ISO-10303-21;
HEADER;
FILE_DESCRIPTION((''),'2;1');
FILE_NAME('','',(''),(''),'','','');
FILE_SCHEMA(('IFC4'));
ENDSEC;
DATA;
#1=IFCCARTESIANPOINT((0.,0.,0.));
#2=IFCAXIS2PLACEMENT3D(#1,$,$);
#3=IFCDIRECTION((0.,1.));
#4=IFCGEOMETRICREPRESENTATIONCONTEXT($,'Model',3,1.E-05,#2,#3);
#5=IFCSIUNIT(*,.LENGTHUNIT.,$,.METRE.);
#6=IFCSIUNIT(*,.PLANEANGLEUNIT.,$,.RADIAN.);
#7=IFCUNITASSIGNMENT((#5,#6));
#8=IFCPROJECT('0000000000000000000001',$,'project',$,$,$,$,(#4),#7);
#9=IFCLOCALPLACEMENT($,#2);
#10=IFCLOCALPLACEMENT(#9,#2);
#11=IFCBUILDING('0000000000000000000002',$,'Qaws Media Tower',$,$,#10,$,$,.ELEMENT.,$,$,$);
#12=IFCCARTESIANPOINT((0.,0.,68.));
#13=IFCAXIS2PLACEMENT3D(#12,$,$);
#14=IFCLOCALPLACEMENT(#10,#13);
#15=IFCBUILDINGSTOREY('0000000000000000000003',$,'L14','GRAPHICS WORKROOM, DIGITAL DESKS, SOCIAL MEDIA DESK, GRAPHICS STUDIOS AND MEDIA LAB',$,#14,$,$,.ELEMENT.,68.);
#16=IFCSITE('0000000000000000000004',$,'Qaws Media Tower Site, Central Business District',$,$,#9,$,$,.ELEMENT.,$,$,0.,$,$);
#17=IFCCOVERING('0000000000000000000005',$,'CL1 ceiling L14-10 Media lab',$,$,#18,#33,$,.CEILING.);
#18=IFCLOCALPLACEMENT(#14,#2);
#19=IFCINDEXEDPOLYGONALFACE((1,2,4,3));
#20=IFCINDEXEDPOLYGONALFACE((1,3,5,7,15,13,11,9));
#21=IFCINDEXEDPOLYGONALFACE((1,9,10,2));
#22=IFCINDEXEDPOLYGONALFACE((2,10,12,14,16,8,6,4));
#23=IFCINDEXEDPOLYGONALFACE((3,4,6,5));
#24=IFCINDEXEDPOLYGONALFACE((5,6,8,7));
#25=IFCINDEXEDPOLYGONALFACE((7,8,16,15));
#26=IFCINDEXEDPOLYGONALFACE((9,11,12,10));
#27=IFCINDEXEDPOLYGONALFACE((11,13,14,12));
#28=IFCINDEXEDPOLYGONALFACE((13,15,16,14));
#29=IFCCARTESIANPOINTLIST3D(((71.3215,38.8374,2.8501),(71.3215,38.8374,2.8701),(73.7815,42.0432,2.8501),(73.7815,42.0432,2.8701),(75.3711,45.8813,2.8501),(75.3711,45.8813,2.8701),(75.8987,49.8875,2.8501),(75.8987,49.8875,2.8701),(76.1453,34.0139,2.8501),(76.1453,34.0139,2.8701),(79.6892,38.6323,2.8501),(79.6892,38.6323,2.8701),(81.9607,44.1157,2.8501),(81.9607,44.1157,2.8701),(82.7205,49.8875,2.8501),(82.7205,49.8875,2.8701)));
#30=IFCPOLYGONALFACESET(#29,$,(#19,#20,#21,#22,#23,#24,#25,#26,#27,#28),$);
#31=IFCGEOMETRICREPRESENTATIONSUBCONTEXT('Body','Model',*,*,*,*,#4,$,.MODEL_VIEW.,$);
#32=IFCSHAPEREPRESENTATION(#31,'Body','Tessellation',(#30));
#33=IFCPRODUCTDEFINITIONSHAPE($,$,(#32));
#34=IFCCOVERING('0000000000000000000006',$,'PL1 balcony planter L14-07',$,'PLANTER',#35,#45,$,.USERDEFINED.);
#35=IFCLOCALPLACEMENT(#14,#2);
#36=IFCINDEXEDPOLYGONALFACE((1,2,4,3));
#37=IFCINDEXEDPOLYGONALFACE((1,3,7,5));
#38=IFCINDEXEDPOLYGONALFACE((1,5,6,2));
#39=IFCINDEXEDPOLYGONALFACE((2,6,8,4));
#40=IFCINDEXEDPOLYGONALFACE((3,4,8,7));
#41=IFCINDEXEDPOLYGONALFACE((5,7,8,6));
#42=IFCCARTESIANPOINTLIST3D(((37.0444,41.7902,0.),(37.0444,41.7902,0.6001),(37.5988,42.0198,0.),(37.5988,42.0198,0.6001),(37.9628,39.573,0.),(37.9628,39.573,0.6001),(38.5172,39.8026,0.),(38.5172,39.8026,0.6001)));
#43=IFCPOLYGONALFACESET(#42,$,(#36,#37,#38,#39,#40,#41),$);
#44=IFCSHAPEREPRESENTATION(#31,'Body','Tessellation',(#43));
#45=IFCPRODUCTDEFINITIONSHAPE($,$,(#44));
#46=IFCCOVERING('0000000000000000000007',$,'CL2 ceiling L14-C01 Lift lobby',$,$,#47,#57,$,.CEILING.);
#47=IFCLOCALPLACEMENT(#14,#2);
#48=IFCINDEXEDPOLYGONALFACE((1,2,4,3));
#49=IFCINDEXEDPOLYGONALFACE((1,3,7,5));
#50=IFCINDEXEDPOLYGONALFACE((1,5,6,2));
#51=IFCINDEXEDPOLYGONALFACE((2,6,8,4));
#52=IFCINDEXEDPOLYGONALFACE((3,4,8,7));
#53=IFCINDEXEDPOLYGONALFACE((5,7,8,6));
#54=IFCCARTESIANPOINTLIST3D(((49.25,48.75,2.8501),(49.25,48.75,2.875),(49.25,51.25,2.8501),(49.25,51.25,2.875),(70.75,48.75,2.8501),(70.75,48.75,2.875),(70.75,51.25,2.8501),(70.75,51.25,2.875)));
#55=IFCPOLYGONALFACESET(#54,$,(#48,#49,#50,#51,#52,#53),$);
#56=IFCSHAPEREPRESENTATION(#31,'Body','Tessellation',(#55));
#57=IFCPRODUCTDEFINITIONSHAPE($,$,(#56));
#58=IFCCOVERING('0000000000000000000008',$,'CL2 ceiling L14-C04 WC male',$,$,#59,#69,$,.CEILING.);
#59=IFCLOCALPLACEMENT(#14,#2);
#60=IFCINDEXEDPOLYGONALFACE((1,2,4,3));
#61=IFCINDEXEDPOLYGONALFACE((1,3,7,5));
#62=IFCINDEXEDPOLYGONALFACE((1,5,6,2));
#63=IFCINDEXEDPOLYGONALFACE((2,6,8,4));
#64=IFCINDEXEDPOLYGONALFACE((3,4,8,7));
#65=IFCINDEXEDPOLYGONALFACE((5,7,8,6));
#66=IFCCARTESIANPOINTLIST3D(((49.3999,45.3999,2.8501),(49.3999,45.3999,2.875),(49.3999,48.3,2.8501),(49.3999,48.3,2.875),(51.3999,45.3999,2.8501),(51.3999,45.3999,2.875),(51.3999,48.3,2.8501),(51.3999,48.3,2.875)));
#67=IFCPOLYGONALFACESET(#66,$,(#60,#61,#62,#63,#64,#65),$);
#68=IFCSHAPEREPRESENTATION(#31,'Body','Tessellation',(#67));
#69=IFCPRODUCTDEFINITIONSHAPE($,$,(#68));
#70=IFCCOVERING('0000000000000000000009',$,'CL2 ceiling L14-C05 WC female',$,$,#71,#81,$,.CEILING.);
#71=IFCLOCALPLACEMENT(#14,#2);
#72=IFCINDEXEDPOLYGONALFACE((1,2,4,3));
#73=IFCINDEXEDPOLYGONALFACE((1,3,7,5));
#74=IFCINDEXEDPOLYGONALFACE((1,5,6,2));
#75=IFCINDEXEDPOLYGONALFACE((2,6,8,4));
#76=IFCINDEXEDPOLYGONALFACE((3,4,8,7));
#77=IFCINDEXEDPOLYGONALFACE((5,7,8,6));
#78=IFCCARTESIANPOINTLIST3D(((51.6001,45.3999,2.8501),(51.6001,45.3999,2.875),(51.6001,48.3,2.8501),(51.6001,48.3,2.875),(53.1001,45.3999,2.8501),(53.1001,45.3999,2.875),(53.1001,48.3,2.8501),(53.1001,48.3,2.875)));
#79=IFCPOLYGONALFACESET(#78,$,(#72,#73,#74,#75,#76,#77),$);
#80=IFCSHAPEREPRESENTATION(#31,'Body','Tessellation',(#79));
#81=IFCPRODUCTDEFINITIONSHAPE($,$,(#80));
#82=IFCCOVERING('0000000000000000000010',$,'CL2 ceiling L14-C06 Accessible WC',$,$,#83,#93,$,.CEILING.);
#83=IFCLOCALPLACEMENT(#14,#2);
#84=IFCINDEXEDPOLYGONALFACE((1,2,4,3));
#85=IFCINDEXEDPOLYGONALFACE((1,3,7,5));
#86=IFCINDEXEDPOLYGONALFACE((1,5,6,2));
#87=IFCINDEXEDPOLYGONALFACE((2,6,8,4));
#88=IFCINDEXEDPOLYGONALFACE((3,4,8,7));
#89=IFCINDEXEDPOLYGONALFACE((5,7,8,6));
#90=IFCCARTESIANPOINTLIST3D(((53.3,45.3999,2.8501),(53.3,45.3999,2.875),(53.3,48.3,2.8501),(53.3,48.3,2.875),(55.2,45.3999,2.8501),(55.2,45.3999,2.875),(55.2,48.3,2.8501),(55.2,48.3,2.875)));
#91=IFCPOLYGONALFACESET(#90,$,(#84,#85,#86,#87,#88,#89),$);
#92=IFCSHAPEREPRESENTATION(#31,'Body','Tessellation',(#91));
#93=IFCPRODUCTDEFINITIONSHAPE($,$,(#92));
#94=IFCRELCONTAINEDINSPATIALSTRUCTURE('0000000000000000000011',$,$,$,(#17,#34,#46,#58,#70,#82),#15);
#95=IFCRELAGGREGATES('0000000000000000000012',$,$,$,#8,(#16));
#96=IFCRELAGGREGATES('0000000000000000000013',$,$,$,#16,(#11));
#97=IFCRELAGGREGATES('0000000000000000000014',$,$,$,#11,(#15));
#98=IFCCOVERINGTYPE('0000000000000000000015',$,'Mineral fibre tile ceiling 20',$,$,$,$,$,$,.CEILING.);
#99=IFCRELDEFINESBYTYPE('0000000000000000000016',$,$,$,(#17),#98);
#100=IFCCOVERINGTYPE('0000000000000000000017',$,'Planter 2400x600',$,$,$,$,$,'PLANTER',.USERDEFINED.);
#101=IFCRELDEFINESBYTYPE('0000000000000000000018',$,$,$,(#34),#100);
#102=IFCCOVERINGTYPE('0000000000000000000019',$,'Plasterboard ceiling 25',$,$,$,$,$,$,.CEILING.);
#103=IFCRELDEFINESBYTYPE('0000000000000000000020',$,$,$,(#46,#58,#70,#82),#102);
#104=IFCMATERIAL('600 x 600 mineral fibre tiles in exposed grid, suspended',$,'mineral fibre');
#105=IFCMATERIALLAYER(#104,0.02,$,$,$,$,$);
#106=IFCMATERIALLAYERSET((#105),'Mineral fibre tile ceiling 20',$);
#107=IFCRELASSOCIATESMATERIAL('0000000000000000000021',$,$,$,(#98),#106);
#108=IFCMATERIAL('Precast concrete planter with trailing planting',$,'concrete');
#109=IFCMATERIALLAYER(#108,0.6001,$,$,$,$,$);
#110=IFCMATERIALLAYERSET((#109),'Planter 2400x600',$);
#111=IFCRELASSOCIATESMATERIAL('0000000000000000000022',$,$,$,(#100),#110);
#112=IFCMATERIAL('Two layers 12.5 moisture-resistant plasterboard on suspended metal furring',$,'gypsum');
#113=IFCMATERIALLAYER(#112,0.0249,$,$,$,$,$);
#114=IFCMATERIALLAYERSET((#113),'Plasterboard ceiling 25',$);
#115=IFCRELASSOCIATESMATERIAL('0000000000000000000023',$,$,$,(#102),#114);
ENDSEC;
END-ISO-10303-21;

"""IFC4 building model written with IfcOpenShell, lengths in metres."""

from ifc_helpers import new_model, si_unit, direction, frame, origin, origin_2d, place, context, subcontext, project, spatial, polyline, rectangle, outline, extrude, material, layer, layer_set, type_object, element, save


model = new_model("IFC4")

# Units and contexts
model_context = context("Model", 3, precision=1e-05, world=origin(), true_north=direction((0.0, 1.0)))
body_context = subcontext(model_context, "Body", "Model", "MODEL_VIEW")
ifc_project = project(units=[si_unit("LENGTHUNIT", "METRE"), si_unit("PLANEANGLEUNIT", "RADIAN")], contexts=[model_context])

# Site, building, storey
site_placement = place(None, origin())
site = spatial("IfcSite", under=ifc_project, at=site_placement, Name="Qaws Media Tower Site, Central Business District", CompositionType="ELEMENT", RefElevation=0.0)
building_placement = place(site_placement, origin())
building = spatial("IfcBuilding", under=site, at=building_placement, Name="Qaws Media Tower", CompositionType="ELEMENT")
storey_placement = place(building_placement, frame((0.0, 0.0, 68.0)))
storey = spatial("IfcBuildingStorey", under=building, at=storey_placement, Name="L14", Description="GRAPHICS WORKROOM, DIGITAL DESKS, SOCIAL MEDIA DESK, GRAPHICS STUDIOS AND MEDIA LAB", CompositionType="ELEMENT", Elevation=68.0)

# Coverings
ifc_material_1 = material(Name="600 x 600 mineral fibre tiles in exposed grid, suspended", Category="mineral fibre")
ifc_layer_1 = layer(ifc_material_1, 0.02)
ifc_layer_set_1 = layer_set([ifc_layer_1], Name="Mineral fibre tile ceiling 20")
covering_type_1 = type_object("IfcCoveringType", Name="Mineral fibre tile ceiling 20", PredefinedType="CEILING", material=ifc_layer_set_1)
covering_1_placement = place(storey_placement, frame((0.0, 0.0, 2.8501)))
element("IfcCovering", 1, at=covering_1_placement, inside=storey, type_object=covering_type_1, Name="CL1 ceiling L14-10 Media lab", PredefinedType="CEILING", context=body_context, shape_type="SweptSolid", body=[
    extrude(outline(polyline([(81.9607, 44.1157), (79.6892, 38.6323), (76.1453, 34.0139), (71.3215, 38.8374), (73.7815, 42.0432), (75.3711, 45.8813), (75.8987, 49.8875), (82.7205, 49.8875), (81.9607, 44.1157)])), origin(), (0.0, 0.0, 1.0), 0.02),
])
ifc_material_2 = material(Name="Precast concrete planter with trailing planting", Category="concrete")
ifc_layer_2 = layer(ifc_material_2, 0.6001)
ifc_layer_set_2 = layer_set([ifc_layer_2], Name="Planter 2400x600")
covering_type_2 = type_object("IfcCoveringType", Name="Planter 2400x600", ElementType="PLANTER", PredefinedType="USERDEFINED", material=ifc_layer_set_2)
covering_2_placement = place(storey_placement, frame((37.7808, 40.7964, 0.0), z_axis=(0.0, 0.0, 1.0), x_axis=(0.382683, -0.92388, 0.0)))
element("IfcCovering", 2, at=covering_2_placement, inside=storey, type_object=covering_type_2, Name="PL1 balcony planter L14-07", ObjectType="PLANTER", PredefinedType="USERDEFINED", context=body_context, shape_type="SweptSolid", body=[
    extrude(rectangle(XDim=2.3999, YDim=0.6001, at=origin_2d()), origin(), (0.0, 0.0, 1.0), 0.6001),
])
ifc_material_3 = material(Name="Two layers 12.5 moisture-resistant plasterboard on suspended metal furring", Category="gypsum")
ifc_layer_3 = layer(ifc_material_3, 0.0249)
ifc_layer_set_3 = layer_set([ifc_layer_3], Name="Plasterboard ceiling 25")
covering_type_3 = type_object("IfcCoveringType", Name="Plasterboard ceiling 25", PredefinedType="CEILING", material=ifc_layer_set_3)
covering_3_placement = place(storey_placement, frame((0.0, 0.0, 2.8501)))
element("IfcCovering", 3, at=covering_3_placement, inside=storey, type_object=covering_type_3, Name="CL2 ceiling L14-C01 Lift lobby", PredefinedType="CEILING", context=body_context, shape_type="SweptSolid", body=[
    extrude(outline(polyline([(49.25, 48.75), (49.25, 51.25), (70.75, 51.25), (70.75, 48.75), (49.25, 48.75)])), origin(), (0.0, 0.0, 1.0), 0.0249),
])
covering_4_placement = place(storey_placement, frame((0.0, 0.0, 2.8501)))
element("IfcCovering", 4, at=covering_4_placement, inside=storey, type_object=covering_type_3, Name="CL2 ceiling L14-C04 WC male", PredefinedType="CEILING", context=body_context, shape_type="SweptSolid", body=[
    extrude(outline(polyline([(49.3999, 45.3999), (49.3999, 48.3), (51.3999, 48.3), (51.3999, 45.3999), (49.3999, 45.3999)])), origin(), (0.0, 0.0, 1.0), 0.0249),
])
covering_5_placement = place(storey_placement, frame((0.0, 0.0, 2.8501)))
element("IfcCovering", 5, at=covering_5_placement, inside=storey, type_object=covering_type_3, Name="CL2 ceiling L14-C05 WC female", PredefinedType="CEILING", context=body_context, shape_type="SweptSolid", body=[
    extrude(outline(polyline([(51.6001, 45.3999), (51.6001, 48.3), (53.1001, 48.3), (53.1001, 45.3999), (51.6001, 45.3999)])), origin(), (0.0, 0.0, 1.0), 0.0249),
])
covering_6_placement = place(storey_placement, frame((0.0, 0.0, 2.8501)))
element("IfcCovering", 6, at=covering_6_placement, inside=storey, type_object=covering_type_3, Name="CL2 ceiling L14-C06 Accessible WC", PredefinedType="CEILING", context=body_context, shape_type="SweptSolid", body=[
    extrude(outline(polyline([(53.3, 45.3999), (53.3, 48.3), (55.2, 48.3), (55.2, 45.3999), (53.3, 45.3999)])), origin(), (0.0, 0.0, 1.0), 0.0249),
])

save(model, "model.ifc")
